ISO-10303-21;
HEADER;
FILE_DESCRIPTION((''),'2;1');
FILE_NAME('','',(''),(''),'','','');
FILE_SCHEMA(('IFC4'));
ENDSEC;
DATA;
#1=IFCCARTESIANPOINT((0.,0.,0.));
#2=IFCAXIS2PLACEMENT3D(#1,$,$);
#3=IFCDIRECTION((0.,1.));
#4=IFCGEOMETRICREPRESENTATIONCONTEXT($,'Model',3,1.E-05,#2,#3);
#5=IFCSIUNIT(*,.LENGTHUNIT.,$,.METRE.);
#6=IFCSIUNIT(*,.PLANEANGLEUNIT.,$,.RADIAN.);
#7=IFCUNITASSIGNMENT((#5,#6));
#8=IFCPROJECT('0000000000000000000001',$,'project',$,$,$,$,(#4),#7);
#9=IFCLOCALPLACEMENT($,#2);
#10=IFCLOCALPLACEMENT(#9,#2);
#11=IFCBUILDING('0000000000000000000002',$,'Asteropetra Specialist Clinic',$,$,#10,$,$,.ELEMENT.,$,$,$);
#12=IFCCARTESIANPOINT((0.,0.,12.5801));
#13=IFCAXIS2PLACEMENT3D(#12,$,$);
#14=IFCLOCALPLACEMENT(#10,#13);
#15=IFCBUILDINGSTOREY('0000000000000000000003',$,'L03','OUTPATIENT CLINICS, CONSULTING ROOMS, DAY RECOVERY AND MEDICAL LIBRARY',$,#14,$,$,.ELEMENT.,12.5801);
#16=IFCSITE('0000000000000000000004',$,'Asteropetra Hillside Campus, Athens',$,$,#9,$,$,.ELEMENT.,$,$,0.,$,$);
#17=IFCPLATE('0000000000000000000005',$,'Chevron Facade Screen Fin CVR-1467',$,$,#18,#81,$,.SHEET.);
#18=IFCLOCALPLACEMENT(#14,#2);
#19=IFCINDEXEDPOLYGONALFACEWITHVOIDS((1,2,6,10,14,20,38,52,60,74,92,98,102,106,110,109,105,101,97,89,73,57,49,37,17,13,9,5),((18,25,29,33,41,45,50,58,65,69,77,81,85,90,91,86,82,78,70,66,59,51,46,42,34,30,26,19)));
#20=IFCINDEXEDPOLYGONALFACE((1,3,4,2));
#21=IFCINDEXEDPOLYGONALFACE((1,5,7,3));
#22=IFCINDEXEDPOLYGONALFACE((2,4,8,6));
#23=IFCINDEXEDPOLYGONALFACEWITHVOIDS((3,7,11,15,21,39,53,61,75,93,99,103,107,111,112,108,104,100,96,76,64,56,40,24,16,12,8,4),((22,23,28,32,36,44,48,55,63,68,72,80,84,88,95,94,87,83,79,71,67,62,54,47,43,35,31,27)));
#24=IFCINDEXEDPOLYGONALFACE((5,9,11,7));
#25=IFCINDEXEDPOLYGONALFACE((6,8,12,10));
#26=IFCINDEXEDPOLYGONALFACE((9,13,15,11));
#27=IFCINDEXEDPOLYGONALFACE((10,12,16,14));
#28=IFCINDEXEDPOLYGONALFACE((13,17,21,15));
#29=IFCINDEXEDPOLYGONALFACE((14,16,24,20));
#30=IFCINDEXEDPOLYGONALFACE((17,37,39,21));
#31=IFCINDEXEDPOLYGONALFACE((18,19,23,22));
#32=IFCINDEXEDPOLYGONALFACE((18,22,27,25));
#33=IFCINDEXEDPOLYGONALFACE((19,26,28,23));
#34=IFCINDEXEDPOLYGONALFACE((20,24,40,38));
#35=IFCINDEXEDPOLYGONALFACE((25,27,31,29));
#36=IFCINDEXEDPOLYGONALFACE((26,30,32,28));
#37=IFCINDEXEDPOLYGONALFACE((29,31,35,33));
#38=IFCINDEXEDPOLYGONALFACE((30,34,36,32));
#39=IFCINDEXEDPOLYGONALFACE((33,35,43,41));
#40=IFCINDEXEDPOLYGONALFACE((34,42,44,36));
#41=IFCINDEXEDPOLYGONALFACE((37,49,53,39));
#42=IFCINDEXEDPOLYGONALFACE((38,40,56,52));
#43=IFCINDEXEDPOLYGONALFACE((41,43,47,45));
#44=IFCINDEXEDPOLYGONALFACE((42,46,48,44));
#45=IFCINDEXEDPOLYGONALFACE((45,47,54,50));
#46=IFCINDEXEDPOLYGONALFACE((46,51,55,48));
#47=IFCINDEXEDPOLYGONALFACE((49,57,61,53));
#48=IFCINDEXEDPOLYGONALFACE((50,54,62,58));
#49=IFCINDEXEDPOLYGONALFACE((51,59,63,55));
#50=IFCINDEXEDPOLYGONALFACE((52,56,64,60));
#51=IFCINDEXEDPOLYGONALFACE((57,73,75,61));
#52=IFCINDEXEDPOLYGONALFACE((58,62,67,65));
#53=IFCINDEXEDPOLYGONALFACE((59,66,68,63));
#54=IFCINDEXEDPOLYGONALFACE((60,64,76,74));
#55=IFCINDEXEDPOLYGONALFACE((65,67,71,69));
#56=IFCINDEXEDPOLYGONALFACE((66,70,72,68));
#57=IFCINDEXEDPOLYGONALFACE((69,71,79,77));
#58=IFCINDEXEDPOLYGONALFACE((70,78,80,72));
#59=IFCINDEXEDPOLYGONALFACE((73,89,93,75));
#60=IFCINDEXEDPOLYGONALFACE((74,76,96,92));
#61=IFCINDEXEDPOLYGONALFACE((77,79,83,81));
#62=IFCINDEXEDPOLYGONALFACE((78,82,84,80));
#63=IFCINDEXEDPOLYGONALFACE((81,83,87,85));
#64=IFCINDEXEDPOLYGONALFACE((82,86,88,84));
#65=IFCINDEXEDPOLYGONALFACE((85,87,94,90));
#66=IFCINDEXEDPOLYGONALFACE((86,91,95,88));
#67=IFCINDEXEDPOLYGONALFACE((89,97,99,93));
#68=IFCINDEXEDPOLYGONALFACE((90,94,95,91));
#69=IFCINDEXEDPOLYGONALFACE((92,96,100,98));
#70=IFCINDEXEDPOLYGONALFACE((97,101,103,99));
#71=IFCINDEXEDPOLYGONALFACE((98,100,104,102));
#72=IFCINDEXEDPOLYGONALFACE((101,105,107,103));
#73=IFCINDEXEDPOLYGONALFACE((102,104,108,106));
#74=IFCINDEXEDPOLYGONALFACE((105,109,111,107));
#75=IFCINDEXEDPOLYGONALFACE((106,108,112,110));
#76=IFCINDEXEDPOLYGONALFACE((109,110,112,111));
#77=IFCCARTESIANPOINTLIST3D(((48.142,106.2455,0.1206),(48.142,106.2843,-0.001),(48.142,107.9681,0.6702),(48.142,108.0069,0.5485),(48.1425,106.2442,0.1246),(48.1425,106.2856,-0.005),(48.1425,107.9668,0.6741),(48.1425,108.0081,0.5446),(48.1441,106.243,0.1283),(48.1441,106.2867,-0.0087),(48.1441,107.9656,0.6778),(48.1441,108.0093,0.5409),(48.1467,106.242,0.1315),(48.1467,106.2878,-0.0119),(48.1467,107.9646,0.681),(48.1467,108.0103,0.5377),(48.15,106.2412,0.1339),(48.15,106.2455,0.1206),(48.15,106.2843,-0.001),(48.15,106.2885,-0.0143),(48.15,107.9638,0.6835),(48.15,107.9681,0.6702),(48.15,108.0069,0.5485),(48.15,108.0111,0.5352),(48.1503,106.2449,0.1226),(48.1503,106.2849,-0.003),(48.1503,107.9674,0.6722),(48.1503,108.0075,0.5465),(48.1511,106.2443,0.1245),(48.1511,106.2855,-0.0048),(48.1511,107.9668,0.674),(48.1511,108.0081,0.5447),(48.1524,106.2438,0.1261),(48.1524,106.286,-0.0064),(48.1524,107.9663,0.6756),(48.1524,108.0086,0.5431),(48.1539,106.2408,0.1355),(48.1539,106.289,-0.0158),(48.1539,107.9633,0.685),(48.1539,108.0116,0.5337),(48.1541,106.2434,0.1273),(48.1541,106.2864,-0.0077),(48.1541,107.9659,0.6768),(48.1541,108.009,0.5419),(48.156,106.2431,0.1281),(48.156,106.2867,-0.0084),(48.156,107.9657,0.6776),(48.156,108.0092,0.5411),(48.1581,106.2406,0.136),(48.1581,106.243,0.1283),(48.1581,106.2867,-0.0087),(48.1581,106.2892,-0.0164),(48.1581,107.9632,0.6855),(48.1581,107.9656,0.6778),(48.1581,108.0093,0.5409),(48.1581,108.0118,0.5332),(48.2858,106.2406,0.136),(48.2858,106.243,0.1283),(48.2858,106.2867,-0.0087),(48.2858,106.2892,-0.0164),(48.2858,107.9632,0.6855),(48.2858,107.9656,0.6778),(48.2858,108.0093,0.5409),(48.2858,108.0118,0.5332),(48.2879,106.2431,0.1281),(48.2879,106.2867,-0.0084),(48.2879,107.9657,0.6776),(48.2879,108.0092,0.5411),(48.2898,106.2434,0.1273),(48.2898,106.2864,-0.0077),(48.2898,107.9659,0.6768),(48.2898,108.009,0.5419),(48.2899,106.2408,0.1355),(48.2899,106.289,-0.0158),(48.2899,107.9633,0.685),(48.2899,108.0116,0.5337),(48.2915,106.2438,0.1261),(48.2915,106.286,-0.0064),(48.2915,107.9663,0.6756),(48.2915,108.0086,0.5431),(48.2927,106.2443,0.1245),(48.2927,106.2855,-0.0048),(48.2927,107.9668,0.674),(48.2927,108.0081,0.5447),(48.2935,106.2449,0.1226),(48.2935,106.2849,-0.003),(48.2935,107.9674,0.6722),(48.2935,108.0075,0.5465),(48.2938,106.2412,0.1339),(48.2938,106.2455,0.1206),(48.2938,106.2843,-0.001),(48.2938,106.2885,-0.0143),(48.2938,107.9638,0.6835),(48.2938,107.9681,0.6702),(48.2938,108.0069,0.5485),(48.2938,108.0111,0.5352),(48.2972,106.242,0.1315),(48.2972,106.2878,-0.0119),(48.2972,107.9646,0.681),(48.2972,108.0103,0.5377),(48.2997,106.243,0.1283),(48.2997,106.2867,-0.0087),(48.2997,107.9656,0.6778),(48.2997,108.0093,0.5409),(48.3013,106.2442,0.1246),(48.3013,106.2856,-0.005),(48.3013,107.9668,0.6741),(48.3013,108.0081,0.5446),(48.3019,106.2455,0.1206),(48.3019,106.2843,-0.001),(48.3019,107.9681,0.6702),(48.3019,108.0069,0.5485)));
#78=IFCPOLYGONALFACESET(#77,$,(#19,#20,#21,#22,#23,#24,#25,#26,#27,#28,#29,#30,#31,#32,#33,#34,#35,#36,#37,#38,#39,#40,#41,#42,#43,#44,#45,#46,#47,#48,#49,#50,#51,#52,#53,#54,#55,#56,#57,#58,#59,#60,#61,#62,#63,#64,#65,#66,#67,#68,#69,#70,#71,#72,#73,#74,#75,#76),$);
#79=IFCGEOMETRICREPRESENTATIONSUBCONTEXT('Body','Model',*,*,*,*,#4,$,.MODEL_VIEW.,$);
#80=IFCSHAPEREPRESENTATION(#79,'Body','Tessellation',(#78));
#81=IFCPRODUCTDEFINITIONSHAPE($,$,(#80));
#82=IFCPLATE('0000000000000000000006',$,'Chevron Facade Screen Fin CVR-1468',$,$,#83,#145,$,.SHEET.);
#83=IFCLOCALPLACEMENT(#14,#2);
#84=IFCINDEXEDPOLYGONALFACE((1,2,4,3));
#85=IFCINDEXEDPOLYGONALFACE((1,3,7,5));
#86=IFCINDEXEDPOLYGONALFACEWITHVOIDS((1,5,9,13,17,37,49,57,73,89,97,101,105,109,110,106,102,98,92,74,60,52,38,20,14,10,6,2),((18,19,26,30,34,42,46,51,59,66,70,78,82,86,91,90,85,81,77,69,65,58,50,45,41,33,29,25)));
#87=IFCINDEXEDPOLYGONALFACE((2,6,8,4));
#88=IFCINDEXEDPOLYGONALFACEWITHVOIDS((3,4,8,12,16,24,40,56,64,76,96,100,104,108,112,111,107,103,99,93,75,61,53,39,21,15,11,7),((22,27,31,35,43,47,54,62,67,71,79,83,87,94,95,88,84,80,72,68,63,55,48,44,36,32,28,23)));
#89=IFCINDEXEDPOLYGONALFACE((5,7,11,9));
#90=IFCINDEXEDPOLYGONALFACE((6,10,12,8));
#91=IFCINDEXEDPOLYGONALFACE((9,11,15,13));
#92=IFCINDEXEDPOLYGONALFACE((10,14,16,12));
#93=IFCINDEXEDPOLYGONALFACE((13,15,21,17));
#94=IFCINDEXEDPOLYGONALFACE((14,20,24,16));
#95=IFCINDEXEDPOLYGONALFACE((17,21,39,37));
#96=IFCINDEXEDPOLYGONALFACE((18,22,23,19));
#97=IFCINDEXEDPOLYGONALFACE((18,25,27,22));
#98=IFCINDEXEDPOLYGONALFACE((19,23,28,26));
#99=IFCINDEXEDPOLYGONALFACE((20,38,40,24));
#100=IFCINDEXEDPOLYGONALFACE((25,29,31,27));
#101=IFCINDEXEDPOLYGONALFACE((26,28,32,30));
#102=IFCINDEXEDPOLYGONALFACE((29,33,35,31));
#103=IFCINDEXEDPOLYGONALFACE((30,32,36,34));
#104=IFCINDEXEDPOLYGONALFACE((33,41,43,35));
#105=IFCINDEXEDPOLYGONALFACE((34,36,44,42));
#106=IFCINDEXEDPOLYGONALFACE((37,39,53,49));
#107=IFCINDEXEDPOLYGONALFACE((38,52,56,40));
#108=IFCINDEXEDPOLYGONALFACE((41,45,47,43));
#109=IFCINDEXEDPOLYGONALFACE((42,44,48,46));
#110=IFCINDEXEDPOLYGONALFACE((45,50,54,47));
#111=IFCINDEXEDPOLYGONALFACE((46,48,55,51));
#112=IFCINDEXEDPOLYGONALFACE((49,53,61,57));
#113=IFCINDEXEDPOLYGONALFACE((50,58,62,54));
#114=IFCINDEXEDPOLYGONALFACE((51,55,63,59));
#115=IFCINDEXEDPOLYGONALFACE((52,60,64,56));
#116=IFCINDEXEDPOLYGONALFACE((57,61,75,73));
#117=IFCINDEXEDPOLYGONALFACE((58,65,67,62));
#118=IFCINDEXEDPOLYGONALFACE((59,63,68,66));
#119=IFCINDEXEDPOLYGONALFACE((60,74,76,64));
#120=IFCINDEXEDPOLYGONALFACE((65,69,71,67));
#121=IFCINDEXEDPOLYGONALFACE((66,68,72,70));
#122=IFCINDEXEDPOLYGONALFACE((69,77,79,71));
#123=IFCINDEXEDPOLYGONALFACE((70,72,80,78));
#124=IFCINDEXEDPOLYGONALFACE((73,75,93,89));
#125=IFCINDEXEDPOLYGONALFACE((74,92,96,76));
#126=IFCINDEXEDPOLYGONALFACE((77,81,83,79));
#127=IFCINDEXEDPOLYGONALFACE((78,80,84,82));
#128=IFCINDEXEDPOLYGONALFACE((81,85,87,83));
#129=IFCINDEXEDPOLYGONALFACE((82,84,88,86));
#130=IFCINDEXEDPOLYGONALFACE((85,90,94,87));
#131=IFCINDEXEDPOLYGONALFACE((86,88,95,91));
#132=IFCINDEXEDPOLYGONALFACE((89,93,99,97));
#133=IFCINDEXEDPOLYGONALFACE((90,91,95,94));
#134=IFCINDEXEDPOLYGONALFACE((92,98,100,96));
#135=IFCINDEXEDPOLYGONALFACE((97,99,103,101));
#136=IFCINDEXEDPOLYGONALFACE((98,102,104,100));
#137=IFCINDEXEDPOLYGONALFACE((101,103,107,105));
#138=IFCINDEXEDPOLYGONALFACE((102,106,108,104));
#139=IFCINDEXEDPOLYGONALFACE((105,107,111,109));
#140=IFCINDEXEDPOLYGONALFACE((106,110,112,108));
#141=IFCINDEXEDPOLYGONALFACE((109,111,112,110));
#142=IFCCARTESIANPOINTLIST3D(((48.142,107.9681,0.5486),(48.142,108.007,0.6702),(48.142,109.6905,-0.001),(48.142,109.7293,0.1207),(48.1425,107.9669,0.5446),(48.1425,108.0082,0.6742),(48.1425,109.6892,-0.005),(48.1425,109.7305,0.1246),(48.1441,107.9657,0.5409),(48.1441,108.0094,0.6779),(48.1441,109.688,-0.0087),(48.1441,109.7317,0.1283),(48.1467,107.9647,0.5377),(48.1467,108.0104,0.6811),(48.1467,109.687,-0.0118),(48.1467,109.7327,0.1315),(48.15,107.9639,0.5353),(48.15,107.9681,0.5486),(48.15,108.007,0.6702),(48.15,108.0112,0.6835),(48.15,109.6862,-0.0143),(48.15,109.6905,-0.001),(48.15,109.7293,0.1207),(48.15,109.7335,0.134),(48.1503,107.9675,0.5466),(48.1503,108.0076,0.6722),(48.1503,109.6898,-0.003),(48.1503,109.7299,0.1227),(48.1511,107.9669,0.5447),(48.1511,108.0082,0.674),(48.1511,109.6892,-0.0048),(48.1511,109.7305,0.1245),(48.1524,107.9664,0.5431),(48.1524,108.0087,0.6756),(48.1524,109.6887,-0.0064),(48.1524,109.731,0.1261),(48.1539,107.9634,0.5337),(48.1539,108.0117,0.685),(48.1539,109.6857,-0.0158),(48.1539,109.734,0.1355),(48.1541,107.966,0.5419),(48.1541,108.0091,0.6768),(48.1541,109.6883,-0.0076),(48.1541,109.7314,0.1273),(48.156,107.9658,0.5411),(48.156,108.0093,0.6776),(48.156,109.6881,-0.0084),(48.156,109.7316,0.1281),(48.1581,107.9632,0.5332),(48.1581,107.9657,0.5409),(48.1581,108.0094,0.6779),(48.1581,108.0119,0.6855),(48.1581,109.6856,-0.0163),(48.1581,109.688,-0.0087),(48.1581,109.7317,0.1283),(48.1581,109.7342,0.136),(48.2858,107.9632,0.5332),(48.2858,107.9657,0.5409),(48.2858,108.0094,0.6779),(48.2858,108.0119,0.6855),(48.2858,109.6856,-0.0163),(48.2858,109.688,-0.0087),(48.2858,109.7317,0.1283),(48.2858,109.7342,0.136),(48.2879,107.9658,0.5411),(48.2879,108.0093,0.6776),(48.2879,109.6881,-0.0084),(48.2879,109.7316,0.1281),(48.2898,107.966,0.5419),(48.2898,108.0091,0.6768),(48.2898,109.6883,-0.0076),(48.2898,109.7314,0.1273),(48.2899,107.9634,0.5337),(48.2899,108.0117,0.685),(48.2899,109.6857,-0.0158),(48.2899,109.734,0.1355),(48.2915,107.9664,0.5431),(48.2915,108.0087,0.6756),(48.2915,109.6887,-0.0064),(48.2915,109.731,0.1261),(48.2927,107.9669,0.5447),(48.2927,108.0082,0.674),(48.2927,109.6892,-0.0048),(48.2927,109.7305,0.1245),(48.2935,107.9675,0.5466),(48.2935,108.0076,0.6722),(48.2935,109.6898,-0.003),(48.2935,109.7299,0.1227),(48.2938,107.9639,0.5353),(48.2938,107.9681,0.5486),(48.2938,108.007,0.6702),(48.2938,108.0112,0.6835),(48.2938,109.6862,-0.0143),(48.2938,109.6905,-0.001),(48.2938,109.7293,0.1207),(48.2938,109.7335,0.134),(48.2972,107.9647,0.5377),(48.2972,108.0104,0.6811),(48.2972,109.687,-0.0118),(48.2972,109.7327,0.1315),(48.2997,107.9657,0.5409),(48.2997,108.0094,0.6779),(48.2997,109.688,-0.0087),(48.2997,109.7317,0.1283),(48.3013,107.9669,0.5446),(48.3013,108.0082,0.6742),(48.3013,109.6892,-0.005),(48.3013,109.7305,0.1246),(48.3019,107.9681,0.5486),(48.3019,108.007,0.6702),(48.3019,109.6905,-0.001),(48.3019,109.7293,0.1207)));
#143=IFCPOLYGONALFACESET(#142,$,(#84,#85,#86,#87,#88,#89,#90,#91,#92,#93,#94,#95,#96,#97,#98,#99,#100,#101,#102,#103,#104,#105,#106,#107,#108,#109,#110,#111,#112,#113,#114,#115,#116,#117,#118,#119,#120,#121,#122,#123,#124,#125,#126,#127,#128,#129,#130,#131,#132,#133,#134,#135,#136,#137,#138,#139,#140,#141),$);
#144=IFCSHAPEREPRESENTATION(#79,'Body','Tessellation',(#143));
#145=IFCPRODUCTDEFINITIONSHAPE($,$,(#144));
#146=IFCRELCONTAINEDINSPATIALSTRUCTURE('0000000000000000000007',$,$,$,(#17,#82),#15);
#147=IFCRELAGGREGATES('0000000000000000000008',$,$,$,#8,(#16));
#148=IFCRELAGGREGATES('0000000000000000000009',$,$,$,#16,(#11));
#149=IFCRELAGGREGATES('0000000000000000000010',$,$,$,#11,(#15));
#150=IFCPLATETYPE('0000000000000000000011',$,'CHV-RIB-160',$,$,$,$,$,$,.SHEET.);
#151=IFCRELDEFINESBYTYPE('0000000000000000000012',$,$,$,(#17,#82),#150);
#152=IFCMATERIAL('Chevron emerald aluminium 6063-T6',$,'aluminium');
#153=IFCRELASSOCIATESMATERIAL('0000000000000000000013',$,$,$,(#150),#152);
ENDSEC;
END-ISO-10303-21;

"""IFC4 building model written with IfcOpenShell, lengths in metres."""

from ifc_helpers import new_model, si_unit, direction, frame, origin, origin_2d, place, context, subcontext, project, spatial, hollow_rectangle, extrude, material, material_profile, profile_set, type_object, element, save


model = new_model("IFC4")

# Units and contexts
model_context = context("Model", 3, precision=1e-05, world=origin(), true_north=direction((0.0, 1.0)))
body_context = subcontext(model_context, "Body", "Model", "MODEL_VIEW")
ifc_project = project(units=[si_unit("LENGTHUNIT", "METRE"), si_unit("PLANEANGLEUNIT", "RADIAN")], contexts=[model_context])

# Site, building, storey
site_placement = place(None, origin())
site = spatial("IfcSite", under=ifc_project, at=site_placement, Name="Asteropetra Hillside Campus, Athens", CompositionType="ELEMENT", RefElevation=0.0)
building_placement = place(site_placement, origin())
building = spatial("IfcBuilding", under=site, at=building_placement, Name="Asteropetra Specialist Clinic", CompositionType="ELEMENT")
storey_placement = place(building_placement, frame((0.0, 0.0, 12.5801)))
storey = spatial("IfcBuildingStorey", under=building, at=storey_placement, Name="L03", Description="OUTPATIENT CLINICS, CONSULTING ROOMS, DAY RECOVERY AND MEDICAL LIBRARY", CompositionType="ELEMENT", Elevation=12.5801)

# Plates
ifc_material_1 = material(Name="Chevron emerald aluminium 6063-T6", Category="aluminium")
ifc_material_profile = material_profile(ifc_material_1, hollow_rectangle(XDim=0.1599, YDim=0.1599, WallThickness=0.0081, InnerFilletRadius=0.0081, OuterFilletRadius=0.0161, at=origin_2d()), Name="SHS 160x160x8.0")
ifc_profile_set = profile_set([ifc_material_profile], Name="Chevron emerald aluminium 6063-T6")
plate_type_1 = type_object("IfcPlateType", Name="CHV-RIB-160", PredefinedType="SHEET", material=ifc_profile_set)
plate_1_placement = place(storey_placement, frame((48.2219, 106.2649, 0.0598), z_axis=(0.0, 0.952695, 0.303928), x_axis=(-1.0, 0.0, 0.0)))
element("IfcPlate", 1, at=plate_1_placement, inside=storey, type_object=plate_type_1, Name="Chevron Facade Screen Fin CVR-1467", PredefinedType="SHEET", context=body_context, shape_type="SweptSolid", body=[
    extrude(hollow_rectangle(XDim=0.1599, YDim=0.1599, WallThickness=0.0081, InnerFilletRadius=0.0081, OuterFilletRadius=0.0161, at=origin_2d()), origin(), (0.0, 0.0, 1.0), 1.8081),
])
plate_2_placement = place(storey_placement, frame((48.2219, 107.9875, 0.6094), z_axis=(0.0, 0.952683, -0.303967), x_axis=(-1.0, 0.0, 0.0)))
element("IfcPlate", 2, at=plate_2_placement, inside=storey, type_object=plate_type_1, Name="Chevron Facade Screen Fin CVR-1468", PredefinedType="SHEET", context=body_context, shape_type="SweptSolid", body=[
    extrude(hollow_rectangle(XDim=0.1599, YDim=0.1599, WallThickness=0.0081, InnerFilletRadius=0.0081, OuterFilletRadius=0.0161, at=origin_2d()), origin(), (0.0, 0.0, 1.0), 1.8079),
])

save(model, "model.ifc")
